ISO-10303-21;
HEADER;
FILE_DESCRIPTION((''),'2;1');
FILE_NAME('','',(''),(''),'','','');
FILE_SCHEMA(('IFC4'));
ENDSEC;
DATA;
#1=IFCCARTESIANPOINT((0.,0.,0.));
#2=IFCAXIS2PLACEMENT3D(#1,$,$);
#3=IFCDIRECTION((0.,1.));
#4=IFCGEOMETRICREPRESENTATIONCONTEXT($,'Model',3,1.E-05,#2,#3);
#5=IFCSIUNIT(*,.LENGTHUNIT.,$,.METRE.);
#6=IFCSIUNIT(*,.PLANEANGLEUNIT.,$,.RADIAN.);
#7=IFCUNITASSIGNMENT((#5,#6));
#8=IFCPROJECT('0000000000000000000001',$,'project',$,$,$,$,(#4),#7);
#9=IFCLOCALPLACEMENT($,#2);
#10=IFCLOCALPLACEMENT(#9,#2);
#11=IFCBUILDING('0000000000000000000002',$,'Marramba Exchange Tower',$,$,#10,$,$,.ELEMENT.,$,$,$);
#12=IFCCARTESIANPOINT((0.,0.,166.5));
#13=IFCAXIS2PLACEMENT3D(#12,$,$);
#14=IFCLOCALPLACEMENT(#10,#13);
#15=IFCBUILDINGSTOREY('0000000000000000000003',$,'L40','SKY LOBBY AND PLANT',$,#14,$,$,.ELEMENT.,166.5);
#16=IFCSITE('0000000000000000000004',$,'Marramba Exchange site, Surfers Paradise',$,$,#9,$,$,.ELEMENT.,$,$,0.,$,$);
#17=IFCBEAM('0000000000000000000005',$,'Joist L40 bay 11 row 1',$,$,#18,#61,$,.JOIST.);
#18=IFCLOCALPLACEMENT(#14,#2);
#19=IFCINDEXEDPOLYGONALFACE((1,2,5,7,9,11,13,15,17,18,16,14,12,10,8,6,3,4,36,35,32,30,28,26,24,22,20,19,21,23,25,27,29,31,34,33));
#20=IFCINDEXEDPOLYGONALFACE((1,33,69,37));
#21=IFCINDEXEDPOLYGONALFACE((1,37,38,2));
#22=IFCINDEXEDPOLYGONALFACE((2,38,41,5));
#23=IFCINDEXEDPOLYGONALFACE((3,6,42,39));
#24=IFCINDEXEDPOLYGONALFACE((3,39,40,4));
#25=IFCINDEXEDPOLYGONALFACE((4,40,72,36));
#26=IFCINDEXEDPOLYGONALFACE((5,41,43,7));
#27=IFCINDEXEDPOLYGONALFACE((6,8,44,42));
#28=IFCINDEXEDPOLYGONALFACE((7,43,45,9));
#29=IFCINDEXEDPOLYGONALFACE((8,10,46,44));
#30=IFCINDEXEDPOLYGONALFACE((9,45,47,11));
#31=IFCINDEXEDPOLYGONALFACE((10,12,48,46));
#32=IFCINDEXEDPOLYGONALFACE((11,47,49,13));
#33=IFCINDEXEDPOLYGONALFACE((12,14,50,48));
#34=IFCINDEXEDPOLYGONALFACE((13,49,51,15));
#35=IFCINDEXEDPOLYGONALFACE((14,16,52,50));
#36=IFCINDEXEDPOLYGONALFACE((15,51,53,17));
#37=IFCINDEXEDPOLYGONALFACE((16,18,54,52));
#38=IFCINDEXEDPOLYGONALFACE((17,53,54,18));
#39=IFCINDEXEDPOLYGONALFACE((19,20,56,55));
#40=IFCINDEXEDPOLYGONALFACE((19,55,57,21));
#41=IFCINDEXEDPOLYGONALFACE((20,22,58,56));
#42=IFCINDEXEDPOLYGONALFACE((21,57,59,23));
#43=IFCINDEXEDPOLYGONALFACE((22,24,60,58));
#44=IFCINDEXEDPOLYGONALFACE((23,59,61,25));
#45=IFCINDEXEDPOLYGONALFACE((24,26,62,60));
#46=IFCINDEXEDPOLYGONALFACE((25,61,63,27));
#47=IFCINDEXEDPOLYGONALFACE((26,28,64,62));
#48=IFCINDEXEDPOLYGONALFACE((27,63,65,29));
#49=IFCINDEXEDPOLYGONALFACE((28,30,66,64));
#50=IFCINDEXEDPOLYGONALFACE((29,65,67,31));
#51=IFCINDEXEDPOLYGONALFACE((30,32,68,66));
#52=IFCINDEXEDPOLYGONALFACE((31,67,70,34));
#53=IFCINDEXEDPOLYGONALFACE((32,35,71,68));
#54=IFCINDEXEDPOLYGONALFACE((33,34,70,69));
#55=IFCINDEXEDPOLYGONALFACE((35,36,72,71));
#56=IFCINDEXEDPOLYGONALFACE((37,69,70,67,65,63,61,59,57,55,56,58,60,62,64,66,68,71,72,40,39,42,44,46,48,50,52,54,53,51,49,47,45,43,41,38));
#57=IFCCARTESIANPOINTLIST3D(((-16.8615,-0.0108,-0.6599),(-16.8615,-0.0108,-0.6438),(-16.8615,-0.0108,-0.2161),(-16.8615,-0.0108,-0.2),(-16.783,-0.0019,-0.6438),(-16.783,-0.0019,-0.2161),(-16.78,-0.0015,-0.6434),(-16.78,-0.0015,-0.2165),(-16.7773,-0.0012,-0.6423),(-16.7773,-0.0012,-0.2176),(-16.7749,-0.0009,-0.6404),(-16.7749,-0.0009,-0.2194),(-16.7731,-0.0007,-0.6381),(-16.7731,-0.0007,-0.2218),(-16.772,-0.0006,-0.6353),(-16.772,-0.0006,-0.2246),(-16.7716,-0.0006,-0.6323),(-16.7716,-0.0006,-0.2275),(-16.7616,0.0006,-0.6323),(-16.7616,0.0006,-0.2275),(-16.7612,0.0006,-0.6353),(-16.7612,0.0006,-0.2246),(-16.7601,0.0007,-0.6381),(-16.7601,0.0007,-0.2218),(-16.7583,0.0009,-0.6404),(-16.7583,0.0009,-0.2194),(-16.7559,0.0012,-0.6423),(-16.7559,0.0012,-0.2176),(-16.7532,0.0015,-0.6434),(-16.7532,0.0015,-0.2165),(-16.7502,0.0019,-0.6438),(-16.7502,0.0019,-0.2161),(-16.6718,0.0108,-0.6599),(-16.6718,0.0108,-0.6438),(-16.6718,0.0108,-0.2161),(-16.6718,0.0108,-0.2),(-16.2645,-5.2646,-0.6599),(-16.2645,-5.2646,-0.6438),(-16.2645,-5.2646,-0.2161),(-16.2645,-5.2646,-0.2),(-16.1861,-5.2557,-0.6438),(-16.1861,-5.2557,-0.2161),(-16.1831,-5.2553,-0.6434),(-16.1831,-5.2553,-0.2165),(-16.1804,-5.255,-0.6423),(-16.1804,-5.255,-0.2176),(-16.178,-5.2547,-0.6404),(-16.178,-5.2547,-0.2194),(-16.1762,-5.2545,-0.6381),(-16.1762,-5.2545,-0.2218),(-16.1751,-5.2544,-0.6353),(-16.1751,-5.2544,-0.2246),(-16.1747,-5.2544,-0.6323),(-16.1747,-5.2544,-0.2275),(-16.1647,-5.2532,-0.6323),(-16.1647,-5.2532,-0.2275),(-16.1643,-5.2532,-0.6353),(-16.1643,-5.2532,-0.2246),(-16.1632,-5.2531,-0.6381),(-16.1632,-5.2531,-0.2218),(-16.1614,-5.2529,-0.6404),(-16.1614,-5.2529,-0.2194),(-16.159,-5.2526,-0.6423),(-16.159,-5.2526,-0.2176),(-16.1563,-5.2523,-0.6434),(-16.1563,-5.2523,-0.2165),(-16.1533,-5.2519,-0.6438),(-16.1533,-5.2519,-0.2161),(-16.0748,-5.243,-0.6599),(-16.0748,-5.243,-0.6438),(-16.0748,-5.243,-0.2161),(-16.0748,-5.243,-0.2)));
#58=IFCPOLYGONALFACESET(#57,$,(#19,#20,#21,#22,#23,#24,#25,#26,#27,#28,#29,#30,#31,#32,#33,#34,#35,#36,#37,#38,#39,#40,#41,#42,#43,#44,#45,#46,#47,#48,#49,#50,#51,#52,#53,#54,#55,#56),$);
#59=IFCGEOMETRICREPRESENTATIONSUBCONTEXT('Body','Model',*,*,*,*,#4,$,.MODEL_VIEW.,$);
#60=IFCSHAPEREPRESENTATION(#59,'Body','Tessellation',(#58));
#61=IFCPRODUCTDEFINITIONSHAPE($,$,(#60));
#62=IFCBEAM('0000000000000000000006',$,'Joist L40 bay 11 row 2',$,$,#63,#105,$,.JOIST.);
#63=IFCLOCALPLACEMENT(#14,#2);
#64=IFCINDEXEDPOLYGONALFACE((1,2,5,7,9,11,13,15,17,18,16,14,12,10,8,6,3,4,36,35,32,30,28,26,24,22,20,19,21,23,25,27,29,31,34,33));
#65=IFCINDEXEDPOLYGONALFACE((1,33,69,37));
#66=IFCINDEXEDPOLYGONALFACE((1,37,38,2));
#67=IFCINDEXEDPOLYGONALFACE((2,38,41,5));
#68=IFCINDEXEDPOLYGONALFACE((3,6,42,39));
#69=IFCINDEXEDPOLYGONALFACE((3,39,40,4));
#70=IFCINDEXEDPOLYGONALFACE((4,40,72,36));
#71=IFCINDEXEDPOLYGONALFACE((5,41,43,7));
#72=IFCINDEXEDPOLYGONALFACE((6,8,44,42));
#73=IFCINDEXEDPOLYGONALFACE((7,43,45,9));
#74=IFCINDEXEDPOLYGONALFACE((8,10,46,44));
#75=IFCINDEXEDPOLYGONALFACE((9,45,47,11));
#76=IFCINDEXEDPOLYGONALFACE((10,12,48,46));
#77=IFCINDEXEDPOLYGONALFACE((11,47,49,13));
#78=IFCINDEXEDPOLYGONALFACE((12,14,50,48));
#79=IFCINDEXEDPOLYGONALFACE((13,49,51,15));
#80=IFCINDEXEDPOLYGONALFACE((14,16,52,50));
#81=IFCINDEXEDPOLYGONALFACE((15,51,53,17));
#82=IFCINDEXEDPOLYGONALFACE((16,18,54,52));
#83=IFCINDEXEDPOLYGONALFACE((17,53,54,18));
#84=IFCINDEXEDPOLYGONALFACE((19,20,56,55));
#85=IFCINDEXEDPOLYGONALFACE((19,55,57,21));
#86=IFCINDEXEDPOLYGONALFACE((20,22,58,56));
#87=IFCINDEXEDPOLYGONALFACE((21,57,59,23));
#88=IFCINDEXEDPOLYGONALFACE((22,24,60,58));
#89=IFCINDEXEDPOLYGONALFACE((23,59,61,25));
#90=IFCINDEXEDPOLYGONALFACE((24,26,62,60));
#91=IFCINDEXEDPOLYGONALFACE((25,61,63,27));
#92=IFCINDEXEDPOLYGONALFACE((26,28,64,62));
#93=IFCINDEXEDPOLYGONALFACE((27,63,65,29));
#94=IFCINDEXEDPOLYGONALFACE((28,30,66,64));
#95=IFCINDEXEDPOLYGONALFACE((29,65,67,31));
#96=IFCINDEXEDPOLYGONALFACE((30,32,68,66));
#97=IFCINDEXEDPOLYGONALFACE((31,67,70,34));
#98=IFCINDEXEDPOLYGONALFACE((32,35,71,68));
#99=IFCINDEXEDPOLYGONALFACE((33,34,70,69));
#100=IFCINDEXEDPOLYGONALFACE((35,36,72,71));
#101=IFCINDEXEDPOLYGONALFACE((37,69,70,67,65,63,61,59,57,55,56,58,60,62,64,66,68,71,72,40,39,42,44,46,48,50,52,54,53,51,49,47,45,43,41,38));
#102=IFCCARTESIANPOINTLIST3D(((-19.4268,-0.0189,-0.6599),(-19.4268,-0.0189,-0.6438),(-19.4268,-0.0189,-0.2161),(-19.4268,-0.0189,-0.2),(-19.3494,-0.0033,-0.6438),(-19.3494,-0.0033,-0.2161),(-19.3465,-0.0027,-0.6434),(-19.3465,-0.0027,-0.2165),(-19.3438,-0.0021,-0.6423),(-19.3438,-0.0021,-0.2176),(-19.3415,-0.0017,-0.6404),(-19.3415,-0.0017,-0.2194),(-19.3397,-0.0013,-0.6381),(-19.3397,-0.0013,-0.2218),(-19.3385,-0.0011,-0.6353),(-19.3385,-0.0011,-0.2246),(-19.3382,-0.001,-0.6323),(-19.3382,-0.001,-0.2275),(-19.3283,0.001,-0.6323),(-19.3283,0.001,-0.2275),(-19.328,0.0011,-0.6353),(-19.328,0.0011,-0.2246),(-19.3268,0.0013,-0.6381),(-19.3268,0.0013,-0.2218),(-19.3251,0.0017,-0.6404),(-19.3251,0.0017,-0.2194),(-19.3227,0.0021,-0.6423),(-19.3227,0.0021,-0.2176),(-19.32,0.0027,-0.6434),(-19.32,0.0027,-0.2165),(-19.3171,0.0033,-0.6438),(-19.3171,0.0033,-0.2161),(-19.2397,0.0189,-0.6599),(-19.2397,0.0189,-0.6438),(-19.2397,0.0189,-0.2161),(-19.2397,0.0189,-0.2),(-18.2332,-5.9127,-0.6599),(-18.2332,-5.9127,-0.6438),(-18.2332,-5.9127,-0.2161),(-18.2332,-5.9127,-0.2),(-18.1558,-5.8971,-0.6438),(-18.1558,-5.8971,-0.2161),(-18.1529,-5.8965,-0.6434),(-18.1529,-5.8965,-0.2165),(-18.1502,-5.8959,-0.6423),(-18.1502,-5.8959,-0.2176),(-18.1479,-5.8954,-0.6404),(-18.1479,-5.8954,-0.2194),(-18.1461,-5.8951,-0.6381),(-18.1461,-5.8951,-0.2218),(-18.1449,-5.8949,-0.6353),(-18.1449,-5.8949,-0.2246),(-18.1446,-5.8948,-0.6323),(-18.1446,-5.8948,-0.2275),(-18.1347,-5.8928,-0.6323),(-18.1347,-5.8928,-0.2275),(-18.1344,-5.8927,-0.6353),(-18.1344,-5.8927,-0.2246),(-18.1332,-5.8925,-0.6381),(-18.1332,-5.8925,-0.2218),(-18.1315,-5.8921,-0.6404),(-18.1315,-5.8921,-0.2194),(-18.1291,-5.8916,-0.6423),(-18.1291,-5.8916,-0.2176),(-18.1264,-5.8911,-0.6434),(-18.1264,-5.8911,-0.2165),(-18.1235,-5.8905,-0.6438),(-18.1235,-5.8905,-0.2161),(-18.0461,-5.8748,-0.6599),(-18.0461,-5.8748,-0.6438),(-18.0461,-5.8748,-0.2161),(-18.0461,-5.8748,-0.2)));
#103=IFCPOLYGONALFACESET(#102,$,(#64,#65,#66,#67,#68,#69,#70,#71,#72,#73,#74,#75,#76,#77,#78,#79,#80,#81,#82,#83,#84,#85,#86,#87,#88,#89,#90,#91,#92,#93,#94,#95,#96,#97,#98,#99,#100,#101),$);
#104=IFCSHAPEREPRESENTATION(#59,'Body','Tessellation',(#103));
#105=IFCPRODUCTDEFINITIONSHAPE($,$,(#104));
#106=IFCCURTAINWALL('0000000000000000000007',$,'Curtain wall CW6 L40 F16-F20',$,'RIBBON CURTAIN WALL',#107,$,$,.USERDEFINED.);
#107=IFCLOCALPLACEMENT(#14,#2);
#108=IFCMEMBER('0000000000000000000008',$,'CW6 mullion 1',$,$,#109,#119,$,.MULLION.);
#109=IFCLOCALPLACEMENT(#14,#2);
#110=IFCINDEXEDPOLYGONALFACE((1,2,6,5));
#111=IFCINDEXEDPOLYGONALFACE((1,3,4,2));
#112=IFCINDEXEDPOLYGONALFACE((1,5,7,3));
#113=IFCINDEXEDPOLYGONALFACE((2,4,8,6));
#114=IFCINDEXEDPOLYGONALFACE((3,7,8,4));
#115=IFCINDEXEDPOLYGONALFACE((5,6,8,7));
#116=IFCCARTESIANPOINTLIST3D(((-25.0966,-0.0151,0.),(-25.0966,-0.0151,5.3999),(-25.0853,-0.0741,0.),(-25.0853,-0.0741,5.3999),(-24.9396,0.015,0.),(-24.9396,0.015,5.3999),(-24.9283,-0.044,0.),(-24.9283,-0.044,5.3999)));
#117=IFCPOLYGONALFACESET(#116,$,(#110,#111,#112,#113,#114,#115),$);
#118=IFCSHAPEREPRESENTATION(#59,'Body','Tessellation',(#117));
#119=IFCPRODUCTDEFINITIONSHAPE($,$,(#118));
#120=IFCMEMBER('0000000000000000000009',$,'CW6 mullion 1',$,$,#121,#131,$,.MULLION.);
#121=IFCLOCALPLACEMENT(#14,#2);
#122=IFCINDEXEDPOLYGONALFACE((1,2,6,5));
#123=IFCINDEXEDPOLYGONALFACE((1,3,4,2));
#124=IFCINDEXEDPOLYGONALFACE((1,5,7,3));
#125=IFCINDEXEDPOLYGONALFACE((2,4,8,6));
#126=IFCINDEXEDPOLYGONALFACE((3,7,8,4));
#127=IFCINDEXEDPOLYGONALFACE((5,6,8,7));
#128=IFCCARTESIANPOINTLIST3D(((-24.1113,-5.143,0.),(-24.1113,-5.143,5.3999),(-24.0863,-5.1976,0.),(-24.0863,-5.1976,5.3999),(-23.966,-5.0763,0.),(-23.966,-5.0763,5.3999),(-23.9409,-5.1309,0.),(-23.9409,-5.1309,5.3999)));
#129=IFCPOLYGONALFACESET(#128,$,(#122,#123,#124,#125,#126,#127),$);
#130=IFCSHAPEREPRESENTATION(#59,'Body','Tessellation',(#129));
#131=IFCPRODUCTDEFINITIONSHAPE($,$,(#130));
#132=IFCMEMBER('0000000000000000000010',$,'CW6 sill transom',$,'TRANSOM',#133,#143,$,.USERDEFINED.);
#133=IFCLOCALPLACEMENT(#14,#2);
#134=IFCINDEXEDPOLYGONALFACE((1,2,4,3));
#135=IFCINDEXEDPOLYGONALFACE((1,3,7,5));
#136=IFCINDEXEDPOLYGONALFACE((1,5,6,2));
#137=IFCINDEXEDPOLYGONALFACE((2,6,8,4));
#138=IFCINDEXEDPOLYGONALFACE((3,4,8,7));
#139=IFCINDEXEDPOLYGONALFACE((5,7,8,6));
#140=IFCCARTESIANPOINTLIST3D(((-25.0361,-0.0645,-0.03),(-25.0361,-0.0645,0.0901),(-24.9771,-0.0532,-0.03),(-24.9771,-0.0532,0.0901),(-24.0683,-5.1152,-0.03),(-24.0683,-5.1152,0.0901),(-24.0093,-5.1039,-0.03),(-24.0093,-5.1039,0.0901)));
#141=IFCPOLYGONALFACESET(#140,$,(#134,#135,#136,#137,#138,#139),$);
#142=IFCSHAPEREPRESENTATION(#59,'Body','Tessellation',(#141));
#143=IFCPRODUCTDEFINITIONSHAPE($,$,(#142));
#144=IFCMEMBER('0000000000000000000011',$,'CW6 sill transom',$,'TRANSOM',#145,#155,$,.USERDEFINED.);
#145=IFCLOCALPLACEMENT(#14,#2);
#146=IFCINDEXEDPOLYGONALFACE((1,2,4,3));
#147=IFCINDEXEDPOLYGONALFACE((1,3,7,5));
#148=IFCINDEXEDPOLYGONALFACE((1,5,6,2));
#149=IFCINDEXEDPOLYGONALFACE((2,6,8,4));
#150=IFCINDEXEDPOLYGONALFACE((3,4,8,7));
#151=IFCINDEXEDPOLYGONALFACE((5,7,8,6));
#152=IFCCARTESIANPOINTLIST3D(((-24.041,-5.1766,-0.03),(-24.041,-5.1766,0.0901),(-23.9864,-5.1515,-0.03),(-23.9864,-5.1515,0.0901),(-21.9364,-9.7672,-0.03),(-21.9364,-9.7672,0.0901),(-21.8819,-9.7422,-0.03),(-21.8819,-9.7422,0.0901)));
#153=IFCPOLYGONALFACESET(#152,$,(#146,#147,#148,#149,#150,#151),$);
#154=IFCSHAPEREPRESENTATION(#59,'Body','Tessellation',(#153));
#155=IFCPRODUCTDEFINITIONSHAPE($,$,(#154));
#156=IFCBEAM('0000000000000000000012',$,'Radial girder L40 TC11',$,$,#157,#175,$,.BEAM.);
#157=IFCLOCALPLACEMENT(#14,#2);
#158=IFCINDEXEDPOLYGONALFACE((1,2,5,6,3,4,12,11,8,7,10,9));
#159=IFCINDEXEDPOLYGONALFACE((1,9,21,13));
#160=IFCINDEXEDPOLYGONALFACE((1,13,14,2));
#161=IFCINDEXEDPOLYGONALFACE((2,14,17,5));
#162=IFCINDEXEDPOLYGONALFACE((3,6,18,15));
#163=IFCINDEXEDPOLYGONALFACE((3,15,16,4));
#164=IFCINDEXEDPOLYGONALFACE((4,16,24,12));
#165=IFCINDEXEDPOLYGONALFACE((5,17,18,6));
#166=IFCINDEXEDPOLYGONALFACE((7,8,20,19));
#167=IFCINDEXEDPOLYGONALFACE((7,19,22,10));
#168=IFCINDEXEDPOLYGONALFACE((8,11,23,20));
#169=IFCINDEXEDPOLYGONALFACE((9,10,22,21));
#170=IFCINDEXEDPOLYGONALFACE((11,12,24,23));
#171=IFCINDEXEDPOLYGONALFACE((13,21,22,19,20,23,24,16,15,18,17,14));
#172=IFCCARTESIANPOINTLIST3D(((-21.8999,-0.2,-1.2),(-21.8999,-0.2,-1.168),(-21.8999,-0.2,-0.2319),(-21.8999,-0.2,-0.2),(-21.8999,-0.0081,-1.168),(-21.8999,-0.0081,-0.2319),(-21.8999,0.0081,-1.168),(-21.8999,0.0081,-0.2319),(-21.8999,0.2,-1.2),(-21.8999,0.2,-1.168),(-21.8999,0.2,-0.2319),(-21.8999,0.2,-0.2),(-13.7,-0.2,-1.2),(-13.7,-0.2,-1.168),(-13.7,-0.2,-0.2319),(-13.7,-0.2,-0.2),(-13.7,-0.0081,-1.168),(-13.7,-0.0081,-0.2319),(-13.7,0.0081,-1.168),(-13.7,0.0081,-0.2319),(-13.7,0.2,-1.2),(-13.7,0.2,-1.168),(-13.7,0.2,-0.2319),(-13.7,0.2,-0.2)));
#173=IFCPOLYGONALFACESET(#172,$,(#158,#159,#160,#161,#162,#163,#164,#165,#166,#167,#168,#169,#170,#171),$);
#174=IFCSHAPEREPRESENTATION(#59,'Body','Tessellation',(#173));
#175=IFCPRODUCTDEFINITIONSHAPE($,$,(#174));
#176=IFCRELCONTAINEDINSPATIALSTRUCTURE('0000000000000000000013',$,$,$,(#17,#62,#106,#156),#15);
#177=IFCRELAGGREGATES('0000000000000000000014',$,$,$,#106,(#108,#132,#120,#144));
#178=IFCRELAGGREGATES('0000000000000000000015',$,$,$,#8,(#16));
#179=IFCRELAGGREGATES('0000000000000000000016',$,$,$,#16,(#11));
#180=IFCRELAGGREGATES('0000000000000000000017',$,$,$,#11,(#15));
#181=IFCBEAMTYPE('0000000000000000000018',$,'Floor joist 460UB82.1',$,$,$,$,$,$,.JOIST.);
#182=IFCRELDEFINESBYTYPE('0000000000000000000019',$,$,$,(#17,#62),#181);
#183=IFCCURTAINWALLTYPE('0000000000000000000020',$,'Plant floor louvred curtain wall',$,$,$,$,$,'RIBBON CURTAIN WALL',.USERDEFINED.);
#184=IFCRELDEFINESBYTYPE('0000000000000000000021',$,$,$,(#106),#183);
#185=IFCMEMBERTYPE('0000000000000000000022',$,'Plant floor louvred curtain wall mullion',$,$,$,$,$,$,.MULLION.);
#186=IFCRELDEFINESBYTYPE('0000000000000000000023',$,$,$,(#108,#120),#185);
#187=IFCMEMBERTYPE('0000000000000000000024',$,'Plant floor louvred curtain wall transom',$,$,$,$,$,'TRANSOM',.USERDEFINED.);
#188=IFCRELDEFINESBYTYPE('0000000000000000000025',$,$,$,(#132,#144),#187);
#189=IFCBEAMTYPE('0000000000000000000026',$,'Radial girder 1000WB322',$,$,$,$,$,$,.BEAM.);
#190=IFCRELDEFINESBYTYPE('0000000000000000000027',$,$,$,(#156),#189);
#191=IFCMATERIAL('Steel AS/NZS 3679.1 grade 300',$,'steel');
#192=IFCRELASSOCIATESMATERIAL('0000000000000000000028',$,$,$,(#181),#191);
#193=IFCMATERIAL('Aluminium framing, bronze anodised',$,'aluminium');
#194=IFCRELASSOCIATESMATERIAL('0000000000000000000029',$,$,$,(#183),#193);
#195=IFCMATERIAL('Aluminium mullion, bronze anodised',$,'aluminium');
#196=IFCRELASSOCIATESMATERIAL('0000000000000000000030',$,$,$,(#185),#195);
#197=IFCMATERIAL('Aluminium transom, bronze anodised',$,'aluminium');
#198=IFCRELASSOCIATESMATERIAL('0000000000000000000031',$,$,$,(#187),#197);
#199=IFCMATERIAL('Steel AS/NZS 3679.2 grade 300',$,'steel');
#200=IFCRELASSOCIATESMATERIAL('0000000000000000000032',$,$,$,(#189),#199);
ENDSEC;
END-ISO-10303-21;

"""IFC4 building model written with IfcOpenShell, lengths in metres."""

from ifc_helpers import new_model, si_unit, direction, frame, origin, origin_2d, place, context, subcontext, project, spatial, rectangle, i_section, extrude, material, material_profile, profile_set, type_object, element, aggregate, save


model = new_model("IFC4")

# Units and contexts
model_context = context("Model", 3, precision=1e-05, world=origin(), true_north=direction((0.0, 1.0)))
body_context = subcontext(model_context, "Body", "Model", "MODEL_VIEW")
ifc_project = project(units=[si_unit("LENGTHUNIT", "METRE"), si_unit("PLANEANGLEUNIT", "RADIAN")], contexts=[model_context])

# Site, building, storey
site_placement = place(None, origin())
site = spatial("IfcSite", under=ifc_project, at=site_placement, Name="Marramba Exchange site, Surfers Paradise", CompositionType="ELEMENT", RefElevation=0.0)
building_placement = place(site_placement, origin())
building = spatial("IfcBuilding", under=site, at=building_placement, Name="Marramba Exchange Tower", CompositionType="ELEMENT")
storey_placement = place(building_placement, frame((0.0, 0.0, 166.5)))
storey = spatial("IfcBuildingStorey", under=building, at=storey_placement, Name="L40", Description="SKY LOBBY AND PLANT", CompositionType="ELEMENT", Elevation=166.5)

# Shared definitions
ifc_material_1 = material(Name="Steel AS/NZS 3679.2 grade 300", Category="steel")

# Beams
ifc_material_2 = material(Name="Steel AS/NZS 3679.1 grade 300", Category="steel")
ifc_material_profile_1 = material_profile(ifc_material_2, i_section(OverallWidth=0.1909, OverallDepth=0.46, WebThickness=0.01, FlangeThickness=0.0161, FilletRadius=0.0115, at=origin_2d()), Name="460UB82.1")
ifc_profile_set_1 = profile_set([ifc_material_profile_1], Name="Steel AS/NZS 3679.1 grade 300")
beam_type_1 = type_object("IfcBeamType", Name="Floor joist 460UB82.1", PredefinedType="JOIST", material=ifc_profile_set_1)
beam_1_placement = place(storey_placement, frame((-16.7666, 0.0, -0.4299), z_axis=(0.112889, -0.993608, 0.0), x_axis=(0.993608, 0.112889, 0.0)))
element("IfcBeam", 1, at=beam_1_placement, inside=storey, type_object=beam_type_1, Name="Joist L40 bay 11 row 1", PredefinedType="JOIST", context=body_context, shape_type="SweptSolid", body=[
    extrude(i_section(OverallWidth=0.1909, OverallDepth=0.46, WebThickness=0.01, FlangeThickness=0.0161, FilletRadius=0.0115, at=origin_2d()), origin(), (0.0, 0.0, 1.0), 5.2876),
])
beam_2_placement = place(storey_placement, frame((-19.3333, 0.0, -0.4299), z_axis=(0.198489, -0.980103, 0.0), x_axis=(0.980103, 0.198489, 0.0)))
element("IfcBeam", 2, at=beam_2_placement, inside=storey, type_object=beam_type_1, Name="Joist L40 bay 11 row 2", PredefinedType="JOIST", context=body_context, shape_type="SweptSolid", body=[
    extrude(i_section(OverallWidth=0.1909, OverallDepth=0.46, WebThickness=0.01, FlangeThickness=0.0161, FilletRadius=0.0115, at=origin_2d()), origin(), (0.0, 0.0, 1.0), 6.0134),
])

# Curtain wall, members
ifc_material_3 = material(Name="Aluminium framing, bronze anodised", Category="aluminium")
curtain_wall_type = type_object("IfcCurtainWallType", Name="Plant floor louvred curtain wall", ElementType="RIBBON CURTAIN WALL", PredefinedType="USERDEFINED", material=ifc_material_3)
curtain_wall_placement = place(storey_placement, origin())
curtain_wall = element("IfcCurtainWall", 3, at=curtain_wall_placement, inside=storey, type_object=curtain_wall_type, Name="Curtain wall CW6 L40 F16-F20", ObjectType="RIBBON CURTAIN WALL", PredefinedType="USERDEFINED")
ifc_material_4 = material(Name="Aluminium mullion, bronze anodised", Category="aluminium")
ifc_material_profile_2 = material_profile(ifc_material_4, rectangle(XDim=0.1599, YDim=0.0601, at=origin_2d()), Name="CW6 mullion 60x160")
ifc_profile_set_2 = profile_set([ifc_material_profile_2], Name="Aluminium mullion, bronze anodised")
member_type_1 = type_object("IfcMemberType", Name="Plant floor louvred curtain wall mullion", PredefinedType="MULLION", material=ifc_profile_set_2)
member_1_placement = place(storey_placement, frame((-25.0125, -0.0295, 0.0), z_axis=(0.0, 0.0, 1.0), x_axis=(0.982126, 0.188227, 0.0)))
member_1 = element("IfcMember", 4, at=member_1_placement, type_object=member_type_1, Name="CW6 mullion 1", PredefinedType="MULLION", context=body_context, shape_type="SweptSolid", body=[
    extrude(rectangle(XDim=0.1599, YDim=0.0601, at=origin_2d()), origin(), (0.0, 0.0, 1.0), 5.3999),
])
member_2_placement = place(storey_placement, frame((-24.0261, -5.137, 0.0), z_axis=(0.0, 0.0, 1.0), x_axis=(0.909027, 0.416738, 0.0)))
member_2 = element("IfcMember", 5, at=member_2_placement, type_object=member_type_1, Name="CW6 mullion 1", PredefinedType="MULLION", context=body_context, shape_type="SweptSolid", body=[
    extrude(rectangle(XDim=0.1599, YDim=0.0601, at=origin_2d()), origin(), (0.0, 0.0, 1.0), 5.3999),
])
ifc_material_5 = material(Name="Aluminium transom, bronze anodised", Category="aluminium")
ifc_material_profile_3 = material_profile(ifc_material_5, rectangle(XDim=0.0601, YDim=0.1201, at=origin_2d()), Name="CW6 transom 60x120")
ifc_profile_set_3 = profile_set([ifc_material_profile_3], Name="Aluminium transom, bronze anodised")
member_type_2 = type_object("IfcMemberType", Name="Plant floor louvred curtain wall transom", ElementType="TRANSOM", PredefinedType="USERDEFINED", material=ifc_profile_set_3)
member_3_placement = place(storey_placement, frame((-25.0066, -0.0588, 0.03), z_axis=(0.188185, -0.982134, 0.0), x_axis=(0.982134, 0.188185, 0.0)))
member_3 = element("IfcMember", 6, at=member_3_placement, type_object=member_type_2, Name="CW6 sill transom", ObjectType="TRANSOM", PredefinedType="USERDEFINED", context=body_context, shape_type="SweptSolid", body=[
    extrude(rectangle(XDim=0.0601, YDim=0.1201, at=origin_2d()), origin(), (0.0, 0.0, 1.0), 5.1426),
])
member_4_placement = place(storey_placement, frame((-24.0137, -5.1641, 0.03), z_axis=(0.416733, -0.909029, 0.0), x_axis=(0.909029, 0.416733, 0.0)))
member_4 = element("IfcMember", 7, at=member_4_placement, type_object=member_type_2, Name="CW6 sill transom", ObjectType="TRANSOM", PredefinedType="USERDEFINED", context=body_context, shape_type="SweptSolid", body=[
    extrude(rectangle(XDim=0.0601, YDim=0.1201, at=origin_2d()), origin(), (0.0, 0.0, 1.0), 5.05),
])

# Beam
ifc_material_profile_4 = material_profile(ifc_material_1, i_section(OverallWidth=0.3999, OverallDepth=1.0, WebThickness=0.0161, FlangeThickness=0.032, at=origin_2d()), Name="1000WB322")
ifc_profile_set_4 = profile_set([ifc_material_profile_4], Name="Steel AS/NZS 3679.2 grade 300")
beam_type_2 = type_object("IfcBeamType", Name="Radial girder 1000WB322", PredefinedType="BEAM", material=ifc_profile_set_4)
beam_3_placement = place(storey_placement, frame((-13.7, 0.0, -0.7), z_axis=(-1.0, 0.0, 0.0), x_axis=(0.0, -1.0, 0.0)))
element("IfcBeam", 8, at=beam_3_placement, inside=storey, type_object=beam_type_2, Name="Radial girder L40 TC11", PredefinedType="BEAM", context=body_context, shape_type="SweptSolid", body=[
    extrude(i_section(OverallWidth=0.3999, OverallDepth=1.0, WebThickness=0.0161, FlangeThickness=0.032, at=origin_2d()), origin(), (0.0, 0.0, 1.0), 8.2),
])

aggregate(curtain_wall, [member_1, member_3, member_2, member_4])

save(model, "model.ifc")
